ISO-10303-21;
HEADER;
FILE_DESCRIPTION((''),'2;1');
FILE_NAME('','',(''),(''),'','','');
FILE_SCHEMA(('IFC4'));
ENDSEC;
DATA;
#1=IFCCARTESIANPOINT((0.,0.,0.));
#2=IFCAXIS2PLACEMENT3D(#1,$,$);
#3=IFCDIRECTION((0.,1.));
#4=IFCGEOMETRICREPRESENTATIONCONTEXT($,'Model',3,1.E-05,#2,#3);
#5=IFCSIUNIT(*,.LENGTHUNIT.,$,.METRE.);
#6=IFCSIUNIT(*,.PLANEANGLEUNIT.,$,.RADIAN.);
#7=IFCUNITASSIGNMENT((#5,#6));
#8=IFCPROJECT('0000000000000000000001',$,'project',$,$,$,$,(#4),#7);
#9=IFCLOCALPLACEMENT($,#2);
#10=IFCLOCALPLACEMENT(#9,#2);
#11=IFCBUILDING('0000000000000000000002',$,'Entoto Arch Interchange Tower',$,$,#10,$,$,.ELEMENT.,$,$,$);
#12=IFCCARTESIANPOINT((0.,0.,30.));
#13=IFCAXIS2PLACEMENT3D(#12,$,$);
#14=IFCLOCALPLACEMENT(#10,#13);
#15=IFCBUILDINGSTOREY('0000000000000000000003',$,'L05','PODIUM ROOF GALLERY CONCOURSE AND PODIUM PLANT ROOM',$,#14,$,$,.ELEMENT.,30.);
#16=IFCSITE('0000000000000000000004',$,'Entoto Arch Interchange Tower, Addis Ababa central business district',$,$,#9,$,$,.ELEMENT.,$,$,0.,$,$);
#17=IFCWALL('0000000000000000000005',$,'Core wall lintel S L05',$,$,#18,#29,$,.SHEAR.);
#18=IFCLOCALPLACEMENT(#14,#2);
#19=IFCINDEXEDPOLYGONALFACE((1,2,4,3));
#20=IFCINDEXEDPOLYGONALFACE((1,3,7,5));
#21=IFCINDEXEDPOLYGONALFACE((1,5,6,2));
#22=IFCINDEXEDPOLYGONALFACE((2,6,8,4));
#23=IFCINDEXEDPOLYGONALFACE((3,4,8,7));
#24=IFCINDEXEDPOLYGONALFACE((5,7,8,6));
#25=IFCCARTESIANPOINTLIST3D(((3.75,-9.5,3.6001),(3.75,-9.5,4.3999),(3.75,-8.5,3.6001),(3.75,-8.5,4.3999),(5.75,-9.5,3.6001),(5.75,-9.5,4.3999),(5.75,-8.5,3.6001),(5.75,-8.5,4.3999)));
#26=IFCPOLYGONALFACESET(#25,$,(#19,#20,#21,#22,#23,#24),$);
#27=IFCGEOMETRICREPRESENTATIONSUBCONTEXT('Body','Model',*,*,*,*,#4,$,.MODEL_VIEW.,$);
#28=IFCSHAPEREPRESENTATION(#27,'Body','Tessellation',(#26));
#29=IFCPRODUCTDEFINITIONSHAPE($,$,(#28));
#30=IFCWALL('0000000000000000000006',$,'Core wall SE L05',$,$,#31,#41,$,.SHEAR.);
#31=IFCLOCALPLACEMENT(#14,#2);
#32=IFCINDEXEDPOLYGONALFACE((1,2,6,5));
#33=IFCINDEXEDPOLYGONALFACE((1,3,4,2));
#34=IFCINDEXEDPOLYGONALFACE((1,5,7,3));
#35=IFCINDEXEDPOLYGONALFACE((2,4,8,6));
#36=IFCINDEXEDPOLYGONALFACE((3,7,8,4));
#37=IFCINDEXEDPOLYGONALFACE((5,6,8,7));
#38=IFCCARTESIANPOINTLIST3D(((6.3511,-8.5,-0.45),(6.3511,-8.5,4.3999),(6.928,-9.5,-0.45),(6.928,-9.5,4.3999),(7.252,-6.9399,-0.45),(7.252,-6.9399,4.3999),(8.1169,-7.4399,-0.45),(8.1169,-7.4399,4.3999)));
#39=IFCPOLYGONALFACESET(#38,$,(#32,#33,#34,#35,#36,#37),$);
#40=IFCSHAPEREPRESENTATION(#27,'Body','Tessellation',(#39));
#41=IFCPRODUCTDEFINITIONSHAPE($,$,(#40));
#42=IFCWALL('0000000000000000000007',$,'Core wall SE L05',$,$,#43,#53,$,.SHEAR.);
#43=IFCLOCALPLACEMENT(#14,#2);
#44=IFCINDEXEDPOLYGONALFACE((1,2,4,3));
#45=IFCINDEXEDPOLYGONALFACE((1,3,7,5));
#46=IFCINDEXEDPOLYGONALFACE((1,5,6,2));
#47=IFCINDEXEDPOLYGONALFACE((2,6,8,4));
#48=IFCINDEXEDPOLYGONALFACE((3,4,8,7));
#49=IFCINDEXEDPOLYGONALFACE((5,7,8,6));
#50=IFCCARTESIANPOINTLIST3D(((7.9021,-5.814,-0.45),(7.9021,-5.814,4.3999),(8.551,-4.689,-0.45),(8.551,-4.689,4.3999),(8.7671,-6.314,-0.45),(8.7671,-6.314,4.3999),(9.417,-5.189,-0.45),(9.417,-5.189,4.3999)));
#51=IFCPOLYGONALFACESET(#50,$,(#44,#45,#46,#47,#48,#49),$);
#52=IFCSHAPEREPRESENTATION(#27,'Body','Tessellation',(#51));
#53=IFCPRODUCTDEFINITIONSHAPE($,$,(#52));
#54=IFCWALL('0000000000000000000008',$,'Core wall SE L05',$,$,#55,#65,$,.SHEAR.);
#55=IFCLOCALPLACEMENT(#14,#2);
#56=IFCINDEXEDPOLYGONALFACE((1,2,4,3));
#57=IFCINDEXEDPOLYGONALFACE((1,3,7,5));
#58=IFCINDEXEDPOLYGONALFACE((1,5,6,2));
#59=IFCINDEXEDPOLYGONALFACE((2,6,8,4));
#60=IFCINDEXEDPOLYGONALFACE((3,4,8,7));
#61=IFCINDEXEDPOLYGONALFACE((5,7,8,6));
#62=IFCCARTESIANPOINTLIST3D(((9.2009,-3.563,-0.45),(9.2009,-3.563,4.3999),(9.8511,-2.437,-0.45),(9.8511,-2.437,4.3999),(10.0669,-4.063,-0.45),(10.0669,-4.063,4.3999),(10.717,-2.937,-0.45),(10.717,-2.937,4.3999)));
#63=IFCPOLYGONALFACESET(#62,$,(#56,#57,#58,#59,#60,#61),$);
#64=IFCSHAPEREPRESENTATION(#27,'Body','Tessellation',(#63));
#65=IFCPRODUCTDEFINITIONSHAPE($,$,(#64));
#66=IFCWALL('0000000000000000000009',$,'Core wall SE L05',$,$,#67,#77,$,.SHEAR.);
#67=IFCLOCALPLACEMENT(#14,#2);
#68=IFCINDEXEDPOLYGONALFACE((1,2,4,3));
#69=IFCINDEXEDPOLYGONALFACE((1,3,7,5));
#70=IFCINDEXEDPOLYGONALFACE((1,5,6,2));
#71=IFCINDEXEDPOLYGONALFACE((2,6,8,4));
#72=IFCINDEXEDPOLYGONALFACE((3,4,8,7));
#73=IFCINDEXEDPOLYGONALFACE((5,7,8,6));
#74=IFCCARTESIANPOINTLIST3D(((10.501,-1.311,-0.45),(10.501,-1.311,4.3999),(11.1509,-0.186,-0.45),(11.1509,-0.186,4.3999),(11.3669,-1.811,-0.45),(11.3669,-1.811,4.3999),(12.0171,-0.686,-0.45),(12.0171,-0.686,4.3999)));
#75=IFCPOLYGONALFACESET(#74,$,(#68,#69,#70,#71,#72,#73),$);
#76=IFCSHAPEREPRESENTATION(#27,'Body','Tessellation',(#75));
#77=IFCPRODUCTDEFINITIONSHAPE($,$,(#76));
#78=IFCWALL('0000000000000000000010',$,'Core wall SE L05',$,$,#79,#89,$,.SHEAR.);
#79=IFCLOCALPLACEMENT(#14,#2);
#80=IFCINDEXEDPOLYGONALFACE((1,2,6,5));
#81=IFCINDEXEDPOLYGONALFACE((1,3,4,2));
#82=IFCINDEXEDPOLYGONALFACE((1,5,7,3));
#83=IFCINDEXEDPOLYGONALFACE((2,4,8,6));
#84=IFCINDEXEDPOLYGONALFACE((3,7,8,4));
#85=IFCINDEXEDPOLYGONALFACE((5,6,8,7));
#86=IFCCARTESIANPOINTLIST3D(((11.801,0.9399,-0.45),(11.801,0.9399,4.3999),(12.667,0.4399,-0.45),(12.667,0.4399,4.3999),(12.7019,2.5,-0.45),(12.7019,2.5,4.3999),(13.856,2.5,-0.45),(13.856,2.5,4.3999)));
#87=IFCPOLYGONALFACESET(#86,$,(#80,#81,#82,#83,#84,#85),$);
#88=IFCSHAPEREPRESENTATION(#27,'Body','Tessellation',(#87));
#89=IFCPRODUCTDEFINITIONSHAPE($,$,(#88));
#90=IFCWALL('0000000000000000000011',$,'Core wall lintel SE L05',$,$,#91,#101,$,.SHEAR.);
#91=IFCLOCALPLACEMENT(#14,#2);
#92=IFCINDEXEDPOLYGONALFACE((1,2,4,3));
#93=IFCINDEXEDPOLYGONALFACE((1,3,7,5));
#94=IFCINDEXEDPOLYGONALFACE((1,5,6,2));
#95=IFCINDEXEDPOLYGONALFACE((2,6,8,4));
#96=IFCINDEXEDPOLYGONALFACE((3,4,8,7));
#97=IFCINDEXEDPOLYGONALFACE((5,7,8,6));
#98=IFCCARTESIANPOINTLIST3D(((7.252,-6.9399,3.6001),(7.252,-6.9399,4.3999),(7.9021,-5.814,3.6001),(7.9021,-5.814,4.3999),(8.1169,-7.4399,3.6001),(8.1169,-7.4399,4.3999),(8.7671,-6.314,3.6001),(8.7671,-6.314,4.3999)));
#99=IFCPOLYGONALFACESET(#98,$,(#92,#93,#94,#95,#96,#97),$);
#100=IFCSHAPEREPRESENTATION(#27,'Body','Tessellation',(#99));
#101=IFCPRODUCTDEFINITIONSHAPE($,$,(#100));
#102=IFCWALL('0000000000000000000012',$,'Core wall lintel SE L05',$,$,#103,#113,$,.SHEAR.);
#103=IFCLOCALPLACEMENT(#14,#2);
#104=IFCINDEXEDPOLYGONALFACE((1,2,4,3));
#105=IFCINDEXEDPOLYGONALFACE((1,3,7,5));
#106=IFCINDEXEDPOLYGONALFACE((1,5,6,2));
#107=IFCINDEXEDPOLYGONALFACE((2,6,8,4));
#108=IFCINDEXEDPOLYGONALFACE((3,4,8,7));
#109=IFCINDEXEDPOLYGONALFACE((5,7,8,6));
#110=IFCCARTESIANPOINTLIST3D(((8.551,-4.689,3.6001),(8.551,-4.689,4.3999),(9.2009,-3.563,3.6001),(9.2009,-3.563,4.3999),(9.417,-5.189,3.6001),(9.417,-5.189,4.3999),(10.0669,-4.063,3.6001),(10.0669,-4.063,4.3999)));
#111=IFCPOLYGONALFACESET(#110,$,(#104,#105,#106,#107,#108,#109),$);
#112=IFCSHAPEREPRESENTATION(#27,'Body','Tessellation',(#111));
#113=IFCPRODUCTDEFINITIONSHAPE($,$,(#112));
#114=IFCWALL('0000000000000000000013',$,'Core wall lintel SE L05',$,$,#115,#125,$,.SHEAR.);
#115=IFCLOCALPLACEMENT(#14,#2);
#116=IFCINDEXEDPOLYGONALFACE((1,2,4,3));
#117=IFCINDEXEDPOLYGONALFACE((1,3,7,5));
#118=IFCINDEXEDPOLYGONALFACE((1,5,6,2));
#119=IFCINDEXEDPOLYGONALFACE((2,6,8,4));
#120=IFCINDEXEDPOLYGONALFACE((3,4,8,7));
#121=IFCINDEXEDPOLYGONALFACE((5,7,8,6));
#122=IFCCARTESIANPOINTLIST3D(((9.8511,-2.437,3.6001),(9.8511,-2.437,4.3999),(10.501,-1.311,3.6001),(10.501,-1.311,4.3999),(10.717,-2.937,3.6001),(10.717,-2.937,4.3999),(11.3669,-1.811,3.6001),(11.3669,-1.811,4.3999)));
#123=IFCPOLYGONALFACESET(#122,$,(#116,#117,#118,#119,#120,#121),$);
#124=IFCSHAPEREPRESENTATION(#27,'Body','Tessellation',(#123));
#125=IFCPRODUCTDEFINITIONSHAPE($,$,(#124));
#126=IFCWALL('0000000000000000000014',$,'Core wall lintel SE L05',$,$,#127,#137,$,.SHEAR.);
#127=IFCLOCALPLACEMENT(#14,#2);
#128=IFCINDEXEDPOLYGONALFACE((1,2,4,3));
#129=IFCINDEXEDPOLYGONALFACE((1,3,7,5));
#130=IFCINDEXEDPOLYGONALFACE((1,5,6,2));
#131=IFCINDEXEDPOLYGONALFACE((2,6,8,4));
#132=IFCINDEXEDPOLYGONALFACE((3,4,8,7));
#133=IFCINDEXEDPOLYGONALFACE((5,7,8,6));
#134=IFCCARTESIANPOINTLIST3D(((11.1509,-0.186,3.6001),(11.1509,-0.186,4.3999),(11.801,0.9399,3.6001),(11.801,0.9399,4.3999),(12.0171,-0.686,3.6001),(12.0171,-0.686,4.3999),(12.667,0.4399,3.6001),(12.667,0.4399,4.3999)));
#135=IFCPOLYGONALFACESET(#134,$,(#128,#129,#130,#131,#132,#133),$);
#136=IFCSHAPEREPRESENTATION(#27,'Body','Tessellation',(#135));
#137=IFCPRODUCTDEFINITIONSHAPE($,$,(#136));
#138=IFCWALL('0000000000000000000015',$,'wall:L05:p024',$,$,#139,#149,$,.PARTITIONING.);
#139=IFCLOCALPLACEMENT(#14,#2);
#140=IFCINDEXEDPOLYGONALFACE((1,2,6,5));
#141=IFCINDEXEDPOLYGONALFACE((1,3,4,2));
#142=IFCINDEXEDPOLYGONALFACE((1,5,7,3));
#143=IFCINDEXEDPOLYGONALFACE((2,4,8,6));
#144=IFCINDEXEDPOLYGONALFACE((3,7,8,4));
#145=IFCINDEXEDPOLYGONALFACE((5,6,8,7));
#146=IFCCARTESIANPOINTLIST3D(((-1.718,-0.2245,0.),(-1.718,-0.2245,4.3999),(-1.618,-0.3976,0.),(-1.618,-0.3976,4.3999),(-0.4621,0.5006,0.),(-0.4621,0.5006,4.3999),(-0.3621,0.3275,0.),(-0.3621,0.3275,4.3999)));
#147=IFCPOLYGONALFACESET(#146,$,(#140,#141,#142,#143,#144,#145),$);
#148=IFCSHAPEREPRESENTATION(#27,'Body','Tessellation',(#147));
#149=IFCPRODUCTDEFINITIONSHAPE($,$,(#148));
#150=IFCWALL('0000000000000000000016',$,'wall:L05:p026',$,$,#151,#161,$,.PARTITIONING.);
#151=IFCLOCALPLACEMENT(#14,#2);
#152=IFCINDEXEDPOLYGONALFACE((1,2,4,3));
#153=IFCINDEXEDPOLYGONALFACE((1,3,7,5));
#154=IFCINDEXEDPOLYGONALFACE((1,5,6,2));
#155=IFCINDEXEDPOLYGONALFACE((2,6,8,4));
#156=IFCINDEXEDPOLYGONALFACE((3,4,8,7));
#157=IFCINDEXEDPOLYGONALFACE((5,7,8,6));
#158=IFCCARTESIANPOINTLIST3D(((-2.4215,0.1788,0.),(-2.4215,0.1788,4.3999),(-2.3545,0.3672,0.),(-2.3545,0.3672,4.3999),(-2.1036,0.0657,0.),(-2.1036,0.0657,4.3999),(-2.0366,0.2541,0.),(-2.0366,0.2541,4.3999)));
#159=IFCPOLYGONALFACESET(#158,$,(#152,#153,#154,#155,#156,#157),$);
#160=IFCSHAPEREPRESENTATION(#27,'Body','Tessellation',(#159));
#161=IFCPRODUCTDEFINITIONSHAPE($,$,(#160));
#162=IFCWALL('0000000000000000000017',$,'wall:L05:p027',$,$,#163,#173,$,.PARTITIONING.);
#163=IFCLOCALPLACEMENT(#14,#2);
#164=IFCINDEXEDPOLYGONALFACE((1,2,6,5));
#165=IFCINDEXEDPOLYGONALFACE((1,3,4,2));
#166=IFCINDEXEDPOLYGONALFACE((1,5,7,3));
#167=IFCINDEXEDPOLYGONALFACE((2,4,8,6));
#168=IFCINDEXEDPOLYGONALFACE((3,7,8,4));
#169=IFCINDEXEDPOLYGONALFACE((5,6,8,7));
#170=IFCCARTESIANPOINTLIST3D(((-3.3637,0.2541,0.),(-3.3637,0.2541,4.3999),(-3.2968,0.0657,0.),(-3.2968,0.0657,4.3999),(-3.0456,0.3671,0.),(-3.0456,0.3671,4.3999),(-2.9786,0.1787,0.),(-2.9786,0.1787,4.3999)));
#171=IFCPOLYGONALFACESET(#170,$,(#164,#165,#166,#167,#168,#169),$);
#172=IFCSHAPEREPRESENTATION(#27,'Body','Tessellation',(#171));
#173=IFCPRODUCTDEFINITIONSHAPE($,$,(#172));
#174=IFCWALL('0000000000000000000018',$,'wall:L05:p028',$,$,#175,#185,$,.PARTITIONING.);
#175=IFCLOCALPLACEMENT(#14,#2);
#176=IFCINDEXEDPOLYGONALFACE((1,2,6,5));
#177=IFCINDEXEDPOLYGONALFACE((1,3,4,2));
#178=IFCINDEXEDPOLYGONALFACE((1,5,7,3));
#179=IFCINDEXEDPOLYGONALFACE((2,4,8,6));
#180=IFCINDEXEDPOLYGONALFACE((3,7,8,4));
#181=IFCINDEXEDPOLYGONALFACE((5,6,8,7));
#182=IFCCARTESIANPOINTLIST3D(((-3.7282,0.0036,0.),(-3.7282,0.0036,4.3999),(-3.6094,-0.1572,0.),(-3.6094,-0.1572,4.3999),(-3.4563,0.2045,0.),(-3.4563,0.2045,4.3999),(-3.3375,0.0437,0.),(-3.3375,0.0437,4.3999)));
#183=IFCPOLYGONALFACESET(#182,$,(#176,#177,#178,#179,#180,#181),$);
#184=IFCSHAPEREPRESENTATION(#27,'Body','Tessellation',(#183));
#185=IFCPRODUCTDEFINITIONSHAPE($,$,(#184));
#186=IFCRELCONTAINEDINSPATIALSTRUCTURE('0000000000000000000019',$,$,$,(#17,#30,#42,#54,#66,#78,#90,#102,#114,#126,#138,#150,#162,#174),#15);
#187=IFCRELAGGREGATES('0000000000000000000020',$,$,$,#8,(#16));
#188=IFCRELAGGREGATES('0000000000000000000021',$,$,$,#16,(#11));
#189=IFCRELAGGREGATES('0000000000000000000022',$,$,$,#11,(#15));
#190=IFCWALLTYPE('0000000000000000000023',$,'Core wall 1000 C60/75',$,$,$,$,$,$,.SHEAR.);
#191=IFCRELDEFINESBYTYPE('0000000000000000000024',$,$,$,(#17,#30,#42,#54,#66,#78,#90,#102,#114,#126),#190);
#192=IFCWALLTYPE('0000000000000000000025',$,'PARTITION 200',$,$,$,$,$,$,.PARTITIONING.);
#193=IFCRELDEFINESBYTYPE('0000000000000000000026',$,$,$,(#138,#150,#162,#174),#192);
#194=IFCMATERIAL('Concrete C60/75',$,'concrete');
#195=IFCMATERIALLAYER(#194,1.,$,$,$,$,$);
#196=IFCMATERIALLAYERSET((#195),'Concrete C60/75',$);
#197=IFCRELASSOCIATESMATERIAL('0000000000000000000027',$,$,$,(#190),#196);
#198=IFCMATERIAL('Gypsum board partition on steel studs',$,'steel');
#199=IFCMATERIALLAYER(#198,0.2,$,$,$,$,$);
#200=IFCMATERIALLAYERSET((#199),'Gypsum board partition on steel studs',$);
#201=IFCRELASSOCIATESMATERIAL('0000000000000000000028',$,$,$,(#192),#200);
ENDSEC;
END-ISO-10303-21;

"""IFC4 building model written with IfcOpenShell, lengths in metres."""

from ifc_helpers import new_model, si_unit, direction, frame, frame_2d, origin, place, context, subcontext, project, spatial, polyline, rectangle, outline, extrude, material, layer, layer_set, type_object, element, save


model = new_model("IFC4")

# Units and contexts
model_context = context("Model", 3, precision=1e-05, world=origin(), true_north=direction((0.0, 1.0)))
body_context = subcontext(model_context, "Body", "Model", "MODEL_VIEW")
ifc_project = project(units=[si_unit("LENGTHUNIT", "METRE"), si_unit("PLANEANGLEUNIT", "RADIAN")], contexts=[model_context])

# Site, building, storey
site_placement = place(None, origin())
site = spatial("IfcSite", under=ifc_project, at=site_placement, Name="Entoto Arch Interchange Tower, Addis Ababa central business district", CompositionType="ELEMENT", RefElevation=0.0)
building_placement = place(site_placement, origin())
building = spatial("IfcBuilding", under=site, at=building_placement, Name="Entoto Arch Interchange Tower", CompositionType="ELEMENT")
storey_placement = place(building_placement, frame((0.0, 0.0, 30.0)))
storey = spatial("IfcBuildingStorey", under=building, at=storey_placement, Name="L05", Description="PODIUM ROOF GALLERY CONCOURSE AND PODIUM PLANT ROOM", CompositionType="ELEMENT", Elevation=30.0)

# Walls
ifc_material_1 = material(Name="Concrete C60/75", Category="concrete")
ifc_layer_1 = layer(ifc_material_1, 1.0)
ifc_layer_set_1 = layer_set([ifc_layer_1], Name="Concrete C60/75")
wall_type_1 = type_object("IfcWallType", Name="Core wall 1000 C60/75", PredefinedType="SHEAR", material=ifc_layer_set_1)
wall_1_placement = place(storey_placement, frame((0.0, 0.0, 3.6001)))
element("IfcWall", 1, at=wall_1_placement, inside=storey, type_object=wall_type_1, Name="Core wall lintel S L05", PredefinedType="SHEAR", context=body_context, shape_type="SweptSolid", body=[
    extrude(outline(polyline([(5.75, -9.5), (5.75, -8.5), (3.75, -8.5), (3.75, -9.5), (5.75, -9.5)])), origin(), (0.0, 0.0, 1.0), 0.7998),
])
wall_2_placement = place(storey_placement, frame((0.0, 0.0, -0.45)))
element("IfcWall", 2, at=wall_2_placement, inside=storey, type_object=wall_type_1, Name="Core wall SE L05", PredefinedType="SHEAR", context=body_context, shape_type="SweptSolid", body=[
    extrude(outline(polyline([(8.1169, -7.4399), (7.252, -6.9399), (6.3511, -8.5), (6.928, -9.5), (8.1169, -7.4399)])), origin(), (0.0, 0.0, 1.0), 4.8499),
])
wall_3_placement = place(storey_placement, frame((0.0, 0.0, -0.45)))
element("IfcWall", 3, at=wall_3_placement, inside=storey, type_object=wall_type_1, Name="Core wall SE L05", PredefinedType="SHEAR", context=body_context, shape_type="SweptSolid", body=[
    extrude(outline(polyline([(9.417, -5.189), (8.551, -4.689), (7.9021, -5.814), (8.7671, -6.314), (9.417, -5.189)])), origin(), (0.0, 0.0, 1.0), 4.8499),
])
wall_4_placement = place(storey_placement, frame((0.0, 0.0, -0.45)))
element("IfcWall", 4, at=wall_4_placement, inside=storey, type_object=wall_type_1, Name="Core wall SE L05", PredefinedType="SHEAR", context=body_context, shape_type="SweptSolid", body=[
    extrude(outline(polyline([(10.717, -2.937), (9.8511, -2.437), (9.2009, -3.563), (10.0669, -4.063), (10.717, -2.937)])), origin(), (0.0, 0.0, 1.0), 4.8499),
])
wall_5_placement = place(storey_placement, frame((0.0, 0.0, -0.45)))
element("IfcWall", 5, at=wall_5_placement, inside=storey, type_object=wall_type_1, Name="Core wall SE L05", PredefinedType="SHEAR", context=body_context, shape_type="SweptSolid", body=[
    extrude(outline(polyline([(12.0171, -0.686), (11.1509, -0.186), (10.501, -1.311), (11.3669, -1.811), (12.0171, -0.686)])), origin(), (0.0, 0.0, 1.0), 4.8499),
])
wall_6_placement = place(storey_placement, frame((0.0, 0.0, -0.45)))
element("IfcWall", 6, at=wall_6_placement, inside=storey, type_object=wall_type_1, Name="Core wall SE L05", PredefinedType="SHEAR", context=body_context, shape_type="SweptSolid", body=[
    extrude(outline(polyline([(11.801, 0.9399), (12.667, 0.4399), (13.856, 2.5), (12.7019, 2.5), (11.801, 0.9399)])), origin(), (0.0, 0.0, 1.0), 4.8499),
])
wall_7_placement = place(storey_placement, frame((0.0, 0.0, 3.6001)))
element("IfcWall", 7, at=wall_7_placement, inside=storey, type_object=wall_type_1, Name="Core wall lintel SE L05", PredefinedType="SHEAR", context=body_context, shape_type="SweptSolid", body=[
    extrude(outline(polyline([(8.7671, -6.314), (7.9021, -5.814), (7.252, -6.9399), (8.1169, -7.4399), (8.7671, -6.314)])), origin(), (0.0, 0.0, 1.0), 0.7998),
])
wall_8_placement = place(storey_placement, frame((0.0, 0.0, 3.6001)))
element("IfcWall", 8, at=wall_8_placement, inside=storey, type_object=wall_type_1, Name="Core wall lintel SE L05", PredefinedType="SHEAR", context=body_context, shape_type="SweptSolid", body=[
    extrude(outline(polyline([(10.0669, -4.063), (9.2009, -3.563), (8.551, -4.689), (9.417, -5.189), (10.0669, -4.063)])), origin(), (0.0, 0.0, 1.0), 0.7998),
])
wall_9_placement = place(storey_placement, frame((0.0, 0.0, 3.6001)))
element("IfcWall", 9, at=wall_9_placement, inside=storey, type_object=wall_type_1, Name="Core wall lintel SE L05", PredefinedType="SHEAR", context=body_context, shape_type="SweptSolid", body=[
    extrude(outline(polyline([(11.3669, -1.811), (10.501, -1.311), (9.8511, -2.437), (10.717, -2.937), (11.3669, -1.811)])), origin(), (0.0, 0.0, 1.0), 0.7998),
])
wall_10_placement = place(storey_placement, frame((0.0, 0.0, 3.6001)))
element("IfcWall", 10, at=wall_10_placement, inside=storey, type_object=wall_type_1, Name="Core wall lintel SE L05", PredefinedType="SHEAR", context=body_context, shape_type="SweptSolid", body=[
    extrude(outline(polyline([(12.667, 0.4399), (11.801, 0.9399), (11.1509, -0.186), (12.0171, -0.686), (12.667, 0.4399)])), origin(), (0.0, 0.0, 1.0), 0.7998),
])
ifc_material_2 = material(Name="Gypsum board partition on steel studs", Category="steel")
ifc_layer_2 = layer(ifc_material_2, 0.2)
ifc_layer_set_2 = layer_set([ifc_layer_2], Name="Gypsum board partition on steel studs")
wall_type_2 = type_object("IfcWallType", Name="PARTITION 200", PredefinedType="PARTITIONING", material=ifc_layer_set_2)
wall_11_placement = place(storey_placement, frame((-0.4121, 0.4141, 0.0), z_axis=(0.0, 0.0, 1.0), x_axis=(-0.866017, -0.500014, 0.0)))
element("IfcWall", 11, at=wall_11_placement, inside=storey, type_object=wall_type_2, Name="wall:L05:p024", PredefinedType="PARTITIONING", context=body_context, shape_type="SweptSolid", body=[
    extrude(rectangle(XDim=1.4502, YDim=0.2, at=frame_2d((0.7251, 0.0))), origin(), (0.0, 0.0, 1.0), 4.3999),
])
wall_12_placement = place(storey_placement, frame((-2.0701, 0.1599, 0.0), z_axis=(0.0, 0.0, 1.0), x_axis=(-0.942199, 0.335052, 0.0)))
element("IfcWall", 12, at=wall_12_placement, inside=storey, type_object=wall_type_2, Name="wall:L05:p026", PredefinedType="PARTITIONING", context=body_context, shape_type="SweptSolid", body=[
    extrude(rectangle(XDim=0.3374, YDim=0.2, at=frame_2d((0.1687, 0.0))), origin(), (0.0, 0.0, 1.0), 4.3999),
])
wall_13_placement = place(storey_placement, frame((-3.012, 0.2729, 0.0), z_axis=(0.0, 0.0, 1.0), x_axis=(-0.942281, -0.334824, 0.0)))
element("IfcWall", 13, at=wall_13_placement, inside=storey, type_object=wall_type_2, Name="wall:L05:p027", PredefinedType="PARTITIONING", context=body_context, shape_type="SweptSolid", body=[
    extrude(rectangle(XDim=0.3376, YDim=0.2, at=frame_2d((0.1689, 0.0))), origin(), (0.0, 0.0, 1.0), 4.3999),
])
wall_14_placement = place(storey_placement, frame((-3.397, 0.124, 0.0), z_axis=(0.0, 0.0, 1.0), x_axis=(-0.804311, -0.594208, 0.0)))
element("IfcWall", 14, at=wall_14_placement, inside=storey, type_object=wall_type_2, Name="wall:L05:p028", PredefinedType="PARTITIONING", context=body_context, shape_type="SweptSolid", body=[
    extrude(rectangle(XDim=0.3381, YDim=0.2, at=frame_2d((0.1689, 0.0))), origin(), (0.0, 0.0, 1.0), 4.3999),
])

save(model, "model.ifc")
